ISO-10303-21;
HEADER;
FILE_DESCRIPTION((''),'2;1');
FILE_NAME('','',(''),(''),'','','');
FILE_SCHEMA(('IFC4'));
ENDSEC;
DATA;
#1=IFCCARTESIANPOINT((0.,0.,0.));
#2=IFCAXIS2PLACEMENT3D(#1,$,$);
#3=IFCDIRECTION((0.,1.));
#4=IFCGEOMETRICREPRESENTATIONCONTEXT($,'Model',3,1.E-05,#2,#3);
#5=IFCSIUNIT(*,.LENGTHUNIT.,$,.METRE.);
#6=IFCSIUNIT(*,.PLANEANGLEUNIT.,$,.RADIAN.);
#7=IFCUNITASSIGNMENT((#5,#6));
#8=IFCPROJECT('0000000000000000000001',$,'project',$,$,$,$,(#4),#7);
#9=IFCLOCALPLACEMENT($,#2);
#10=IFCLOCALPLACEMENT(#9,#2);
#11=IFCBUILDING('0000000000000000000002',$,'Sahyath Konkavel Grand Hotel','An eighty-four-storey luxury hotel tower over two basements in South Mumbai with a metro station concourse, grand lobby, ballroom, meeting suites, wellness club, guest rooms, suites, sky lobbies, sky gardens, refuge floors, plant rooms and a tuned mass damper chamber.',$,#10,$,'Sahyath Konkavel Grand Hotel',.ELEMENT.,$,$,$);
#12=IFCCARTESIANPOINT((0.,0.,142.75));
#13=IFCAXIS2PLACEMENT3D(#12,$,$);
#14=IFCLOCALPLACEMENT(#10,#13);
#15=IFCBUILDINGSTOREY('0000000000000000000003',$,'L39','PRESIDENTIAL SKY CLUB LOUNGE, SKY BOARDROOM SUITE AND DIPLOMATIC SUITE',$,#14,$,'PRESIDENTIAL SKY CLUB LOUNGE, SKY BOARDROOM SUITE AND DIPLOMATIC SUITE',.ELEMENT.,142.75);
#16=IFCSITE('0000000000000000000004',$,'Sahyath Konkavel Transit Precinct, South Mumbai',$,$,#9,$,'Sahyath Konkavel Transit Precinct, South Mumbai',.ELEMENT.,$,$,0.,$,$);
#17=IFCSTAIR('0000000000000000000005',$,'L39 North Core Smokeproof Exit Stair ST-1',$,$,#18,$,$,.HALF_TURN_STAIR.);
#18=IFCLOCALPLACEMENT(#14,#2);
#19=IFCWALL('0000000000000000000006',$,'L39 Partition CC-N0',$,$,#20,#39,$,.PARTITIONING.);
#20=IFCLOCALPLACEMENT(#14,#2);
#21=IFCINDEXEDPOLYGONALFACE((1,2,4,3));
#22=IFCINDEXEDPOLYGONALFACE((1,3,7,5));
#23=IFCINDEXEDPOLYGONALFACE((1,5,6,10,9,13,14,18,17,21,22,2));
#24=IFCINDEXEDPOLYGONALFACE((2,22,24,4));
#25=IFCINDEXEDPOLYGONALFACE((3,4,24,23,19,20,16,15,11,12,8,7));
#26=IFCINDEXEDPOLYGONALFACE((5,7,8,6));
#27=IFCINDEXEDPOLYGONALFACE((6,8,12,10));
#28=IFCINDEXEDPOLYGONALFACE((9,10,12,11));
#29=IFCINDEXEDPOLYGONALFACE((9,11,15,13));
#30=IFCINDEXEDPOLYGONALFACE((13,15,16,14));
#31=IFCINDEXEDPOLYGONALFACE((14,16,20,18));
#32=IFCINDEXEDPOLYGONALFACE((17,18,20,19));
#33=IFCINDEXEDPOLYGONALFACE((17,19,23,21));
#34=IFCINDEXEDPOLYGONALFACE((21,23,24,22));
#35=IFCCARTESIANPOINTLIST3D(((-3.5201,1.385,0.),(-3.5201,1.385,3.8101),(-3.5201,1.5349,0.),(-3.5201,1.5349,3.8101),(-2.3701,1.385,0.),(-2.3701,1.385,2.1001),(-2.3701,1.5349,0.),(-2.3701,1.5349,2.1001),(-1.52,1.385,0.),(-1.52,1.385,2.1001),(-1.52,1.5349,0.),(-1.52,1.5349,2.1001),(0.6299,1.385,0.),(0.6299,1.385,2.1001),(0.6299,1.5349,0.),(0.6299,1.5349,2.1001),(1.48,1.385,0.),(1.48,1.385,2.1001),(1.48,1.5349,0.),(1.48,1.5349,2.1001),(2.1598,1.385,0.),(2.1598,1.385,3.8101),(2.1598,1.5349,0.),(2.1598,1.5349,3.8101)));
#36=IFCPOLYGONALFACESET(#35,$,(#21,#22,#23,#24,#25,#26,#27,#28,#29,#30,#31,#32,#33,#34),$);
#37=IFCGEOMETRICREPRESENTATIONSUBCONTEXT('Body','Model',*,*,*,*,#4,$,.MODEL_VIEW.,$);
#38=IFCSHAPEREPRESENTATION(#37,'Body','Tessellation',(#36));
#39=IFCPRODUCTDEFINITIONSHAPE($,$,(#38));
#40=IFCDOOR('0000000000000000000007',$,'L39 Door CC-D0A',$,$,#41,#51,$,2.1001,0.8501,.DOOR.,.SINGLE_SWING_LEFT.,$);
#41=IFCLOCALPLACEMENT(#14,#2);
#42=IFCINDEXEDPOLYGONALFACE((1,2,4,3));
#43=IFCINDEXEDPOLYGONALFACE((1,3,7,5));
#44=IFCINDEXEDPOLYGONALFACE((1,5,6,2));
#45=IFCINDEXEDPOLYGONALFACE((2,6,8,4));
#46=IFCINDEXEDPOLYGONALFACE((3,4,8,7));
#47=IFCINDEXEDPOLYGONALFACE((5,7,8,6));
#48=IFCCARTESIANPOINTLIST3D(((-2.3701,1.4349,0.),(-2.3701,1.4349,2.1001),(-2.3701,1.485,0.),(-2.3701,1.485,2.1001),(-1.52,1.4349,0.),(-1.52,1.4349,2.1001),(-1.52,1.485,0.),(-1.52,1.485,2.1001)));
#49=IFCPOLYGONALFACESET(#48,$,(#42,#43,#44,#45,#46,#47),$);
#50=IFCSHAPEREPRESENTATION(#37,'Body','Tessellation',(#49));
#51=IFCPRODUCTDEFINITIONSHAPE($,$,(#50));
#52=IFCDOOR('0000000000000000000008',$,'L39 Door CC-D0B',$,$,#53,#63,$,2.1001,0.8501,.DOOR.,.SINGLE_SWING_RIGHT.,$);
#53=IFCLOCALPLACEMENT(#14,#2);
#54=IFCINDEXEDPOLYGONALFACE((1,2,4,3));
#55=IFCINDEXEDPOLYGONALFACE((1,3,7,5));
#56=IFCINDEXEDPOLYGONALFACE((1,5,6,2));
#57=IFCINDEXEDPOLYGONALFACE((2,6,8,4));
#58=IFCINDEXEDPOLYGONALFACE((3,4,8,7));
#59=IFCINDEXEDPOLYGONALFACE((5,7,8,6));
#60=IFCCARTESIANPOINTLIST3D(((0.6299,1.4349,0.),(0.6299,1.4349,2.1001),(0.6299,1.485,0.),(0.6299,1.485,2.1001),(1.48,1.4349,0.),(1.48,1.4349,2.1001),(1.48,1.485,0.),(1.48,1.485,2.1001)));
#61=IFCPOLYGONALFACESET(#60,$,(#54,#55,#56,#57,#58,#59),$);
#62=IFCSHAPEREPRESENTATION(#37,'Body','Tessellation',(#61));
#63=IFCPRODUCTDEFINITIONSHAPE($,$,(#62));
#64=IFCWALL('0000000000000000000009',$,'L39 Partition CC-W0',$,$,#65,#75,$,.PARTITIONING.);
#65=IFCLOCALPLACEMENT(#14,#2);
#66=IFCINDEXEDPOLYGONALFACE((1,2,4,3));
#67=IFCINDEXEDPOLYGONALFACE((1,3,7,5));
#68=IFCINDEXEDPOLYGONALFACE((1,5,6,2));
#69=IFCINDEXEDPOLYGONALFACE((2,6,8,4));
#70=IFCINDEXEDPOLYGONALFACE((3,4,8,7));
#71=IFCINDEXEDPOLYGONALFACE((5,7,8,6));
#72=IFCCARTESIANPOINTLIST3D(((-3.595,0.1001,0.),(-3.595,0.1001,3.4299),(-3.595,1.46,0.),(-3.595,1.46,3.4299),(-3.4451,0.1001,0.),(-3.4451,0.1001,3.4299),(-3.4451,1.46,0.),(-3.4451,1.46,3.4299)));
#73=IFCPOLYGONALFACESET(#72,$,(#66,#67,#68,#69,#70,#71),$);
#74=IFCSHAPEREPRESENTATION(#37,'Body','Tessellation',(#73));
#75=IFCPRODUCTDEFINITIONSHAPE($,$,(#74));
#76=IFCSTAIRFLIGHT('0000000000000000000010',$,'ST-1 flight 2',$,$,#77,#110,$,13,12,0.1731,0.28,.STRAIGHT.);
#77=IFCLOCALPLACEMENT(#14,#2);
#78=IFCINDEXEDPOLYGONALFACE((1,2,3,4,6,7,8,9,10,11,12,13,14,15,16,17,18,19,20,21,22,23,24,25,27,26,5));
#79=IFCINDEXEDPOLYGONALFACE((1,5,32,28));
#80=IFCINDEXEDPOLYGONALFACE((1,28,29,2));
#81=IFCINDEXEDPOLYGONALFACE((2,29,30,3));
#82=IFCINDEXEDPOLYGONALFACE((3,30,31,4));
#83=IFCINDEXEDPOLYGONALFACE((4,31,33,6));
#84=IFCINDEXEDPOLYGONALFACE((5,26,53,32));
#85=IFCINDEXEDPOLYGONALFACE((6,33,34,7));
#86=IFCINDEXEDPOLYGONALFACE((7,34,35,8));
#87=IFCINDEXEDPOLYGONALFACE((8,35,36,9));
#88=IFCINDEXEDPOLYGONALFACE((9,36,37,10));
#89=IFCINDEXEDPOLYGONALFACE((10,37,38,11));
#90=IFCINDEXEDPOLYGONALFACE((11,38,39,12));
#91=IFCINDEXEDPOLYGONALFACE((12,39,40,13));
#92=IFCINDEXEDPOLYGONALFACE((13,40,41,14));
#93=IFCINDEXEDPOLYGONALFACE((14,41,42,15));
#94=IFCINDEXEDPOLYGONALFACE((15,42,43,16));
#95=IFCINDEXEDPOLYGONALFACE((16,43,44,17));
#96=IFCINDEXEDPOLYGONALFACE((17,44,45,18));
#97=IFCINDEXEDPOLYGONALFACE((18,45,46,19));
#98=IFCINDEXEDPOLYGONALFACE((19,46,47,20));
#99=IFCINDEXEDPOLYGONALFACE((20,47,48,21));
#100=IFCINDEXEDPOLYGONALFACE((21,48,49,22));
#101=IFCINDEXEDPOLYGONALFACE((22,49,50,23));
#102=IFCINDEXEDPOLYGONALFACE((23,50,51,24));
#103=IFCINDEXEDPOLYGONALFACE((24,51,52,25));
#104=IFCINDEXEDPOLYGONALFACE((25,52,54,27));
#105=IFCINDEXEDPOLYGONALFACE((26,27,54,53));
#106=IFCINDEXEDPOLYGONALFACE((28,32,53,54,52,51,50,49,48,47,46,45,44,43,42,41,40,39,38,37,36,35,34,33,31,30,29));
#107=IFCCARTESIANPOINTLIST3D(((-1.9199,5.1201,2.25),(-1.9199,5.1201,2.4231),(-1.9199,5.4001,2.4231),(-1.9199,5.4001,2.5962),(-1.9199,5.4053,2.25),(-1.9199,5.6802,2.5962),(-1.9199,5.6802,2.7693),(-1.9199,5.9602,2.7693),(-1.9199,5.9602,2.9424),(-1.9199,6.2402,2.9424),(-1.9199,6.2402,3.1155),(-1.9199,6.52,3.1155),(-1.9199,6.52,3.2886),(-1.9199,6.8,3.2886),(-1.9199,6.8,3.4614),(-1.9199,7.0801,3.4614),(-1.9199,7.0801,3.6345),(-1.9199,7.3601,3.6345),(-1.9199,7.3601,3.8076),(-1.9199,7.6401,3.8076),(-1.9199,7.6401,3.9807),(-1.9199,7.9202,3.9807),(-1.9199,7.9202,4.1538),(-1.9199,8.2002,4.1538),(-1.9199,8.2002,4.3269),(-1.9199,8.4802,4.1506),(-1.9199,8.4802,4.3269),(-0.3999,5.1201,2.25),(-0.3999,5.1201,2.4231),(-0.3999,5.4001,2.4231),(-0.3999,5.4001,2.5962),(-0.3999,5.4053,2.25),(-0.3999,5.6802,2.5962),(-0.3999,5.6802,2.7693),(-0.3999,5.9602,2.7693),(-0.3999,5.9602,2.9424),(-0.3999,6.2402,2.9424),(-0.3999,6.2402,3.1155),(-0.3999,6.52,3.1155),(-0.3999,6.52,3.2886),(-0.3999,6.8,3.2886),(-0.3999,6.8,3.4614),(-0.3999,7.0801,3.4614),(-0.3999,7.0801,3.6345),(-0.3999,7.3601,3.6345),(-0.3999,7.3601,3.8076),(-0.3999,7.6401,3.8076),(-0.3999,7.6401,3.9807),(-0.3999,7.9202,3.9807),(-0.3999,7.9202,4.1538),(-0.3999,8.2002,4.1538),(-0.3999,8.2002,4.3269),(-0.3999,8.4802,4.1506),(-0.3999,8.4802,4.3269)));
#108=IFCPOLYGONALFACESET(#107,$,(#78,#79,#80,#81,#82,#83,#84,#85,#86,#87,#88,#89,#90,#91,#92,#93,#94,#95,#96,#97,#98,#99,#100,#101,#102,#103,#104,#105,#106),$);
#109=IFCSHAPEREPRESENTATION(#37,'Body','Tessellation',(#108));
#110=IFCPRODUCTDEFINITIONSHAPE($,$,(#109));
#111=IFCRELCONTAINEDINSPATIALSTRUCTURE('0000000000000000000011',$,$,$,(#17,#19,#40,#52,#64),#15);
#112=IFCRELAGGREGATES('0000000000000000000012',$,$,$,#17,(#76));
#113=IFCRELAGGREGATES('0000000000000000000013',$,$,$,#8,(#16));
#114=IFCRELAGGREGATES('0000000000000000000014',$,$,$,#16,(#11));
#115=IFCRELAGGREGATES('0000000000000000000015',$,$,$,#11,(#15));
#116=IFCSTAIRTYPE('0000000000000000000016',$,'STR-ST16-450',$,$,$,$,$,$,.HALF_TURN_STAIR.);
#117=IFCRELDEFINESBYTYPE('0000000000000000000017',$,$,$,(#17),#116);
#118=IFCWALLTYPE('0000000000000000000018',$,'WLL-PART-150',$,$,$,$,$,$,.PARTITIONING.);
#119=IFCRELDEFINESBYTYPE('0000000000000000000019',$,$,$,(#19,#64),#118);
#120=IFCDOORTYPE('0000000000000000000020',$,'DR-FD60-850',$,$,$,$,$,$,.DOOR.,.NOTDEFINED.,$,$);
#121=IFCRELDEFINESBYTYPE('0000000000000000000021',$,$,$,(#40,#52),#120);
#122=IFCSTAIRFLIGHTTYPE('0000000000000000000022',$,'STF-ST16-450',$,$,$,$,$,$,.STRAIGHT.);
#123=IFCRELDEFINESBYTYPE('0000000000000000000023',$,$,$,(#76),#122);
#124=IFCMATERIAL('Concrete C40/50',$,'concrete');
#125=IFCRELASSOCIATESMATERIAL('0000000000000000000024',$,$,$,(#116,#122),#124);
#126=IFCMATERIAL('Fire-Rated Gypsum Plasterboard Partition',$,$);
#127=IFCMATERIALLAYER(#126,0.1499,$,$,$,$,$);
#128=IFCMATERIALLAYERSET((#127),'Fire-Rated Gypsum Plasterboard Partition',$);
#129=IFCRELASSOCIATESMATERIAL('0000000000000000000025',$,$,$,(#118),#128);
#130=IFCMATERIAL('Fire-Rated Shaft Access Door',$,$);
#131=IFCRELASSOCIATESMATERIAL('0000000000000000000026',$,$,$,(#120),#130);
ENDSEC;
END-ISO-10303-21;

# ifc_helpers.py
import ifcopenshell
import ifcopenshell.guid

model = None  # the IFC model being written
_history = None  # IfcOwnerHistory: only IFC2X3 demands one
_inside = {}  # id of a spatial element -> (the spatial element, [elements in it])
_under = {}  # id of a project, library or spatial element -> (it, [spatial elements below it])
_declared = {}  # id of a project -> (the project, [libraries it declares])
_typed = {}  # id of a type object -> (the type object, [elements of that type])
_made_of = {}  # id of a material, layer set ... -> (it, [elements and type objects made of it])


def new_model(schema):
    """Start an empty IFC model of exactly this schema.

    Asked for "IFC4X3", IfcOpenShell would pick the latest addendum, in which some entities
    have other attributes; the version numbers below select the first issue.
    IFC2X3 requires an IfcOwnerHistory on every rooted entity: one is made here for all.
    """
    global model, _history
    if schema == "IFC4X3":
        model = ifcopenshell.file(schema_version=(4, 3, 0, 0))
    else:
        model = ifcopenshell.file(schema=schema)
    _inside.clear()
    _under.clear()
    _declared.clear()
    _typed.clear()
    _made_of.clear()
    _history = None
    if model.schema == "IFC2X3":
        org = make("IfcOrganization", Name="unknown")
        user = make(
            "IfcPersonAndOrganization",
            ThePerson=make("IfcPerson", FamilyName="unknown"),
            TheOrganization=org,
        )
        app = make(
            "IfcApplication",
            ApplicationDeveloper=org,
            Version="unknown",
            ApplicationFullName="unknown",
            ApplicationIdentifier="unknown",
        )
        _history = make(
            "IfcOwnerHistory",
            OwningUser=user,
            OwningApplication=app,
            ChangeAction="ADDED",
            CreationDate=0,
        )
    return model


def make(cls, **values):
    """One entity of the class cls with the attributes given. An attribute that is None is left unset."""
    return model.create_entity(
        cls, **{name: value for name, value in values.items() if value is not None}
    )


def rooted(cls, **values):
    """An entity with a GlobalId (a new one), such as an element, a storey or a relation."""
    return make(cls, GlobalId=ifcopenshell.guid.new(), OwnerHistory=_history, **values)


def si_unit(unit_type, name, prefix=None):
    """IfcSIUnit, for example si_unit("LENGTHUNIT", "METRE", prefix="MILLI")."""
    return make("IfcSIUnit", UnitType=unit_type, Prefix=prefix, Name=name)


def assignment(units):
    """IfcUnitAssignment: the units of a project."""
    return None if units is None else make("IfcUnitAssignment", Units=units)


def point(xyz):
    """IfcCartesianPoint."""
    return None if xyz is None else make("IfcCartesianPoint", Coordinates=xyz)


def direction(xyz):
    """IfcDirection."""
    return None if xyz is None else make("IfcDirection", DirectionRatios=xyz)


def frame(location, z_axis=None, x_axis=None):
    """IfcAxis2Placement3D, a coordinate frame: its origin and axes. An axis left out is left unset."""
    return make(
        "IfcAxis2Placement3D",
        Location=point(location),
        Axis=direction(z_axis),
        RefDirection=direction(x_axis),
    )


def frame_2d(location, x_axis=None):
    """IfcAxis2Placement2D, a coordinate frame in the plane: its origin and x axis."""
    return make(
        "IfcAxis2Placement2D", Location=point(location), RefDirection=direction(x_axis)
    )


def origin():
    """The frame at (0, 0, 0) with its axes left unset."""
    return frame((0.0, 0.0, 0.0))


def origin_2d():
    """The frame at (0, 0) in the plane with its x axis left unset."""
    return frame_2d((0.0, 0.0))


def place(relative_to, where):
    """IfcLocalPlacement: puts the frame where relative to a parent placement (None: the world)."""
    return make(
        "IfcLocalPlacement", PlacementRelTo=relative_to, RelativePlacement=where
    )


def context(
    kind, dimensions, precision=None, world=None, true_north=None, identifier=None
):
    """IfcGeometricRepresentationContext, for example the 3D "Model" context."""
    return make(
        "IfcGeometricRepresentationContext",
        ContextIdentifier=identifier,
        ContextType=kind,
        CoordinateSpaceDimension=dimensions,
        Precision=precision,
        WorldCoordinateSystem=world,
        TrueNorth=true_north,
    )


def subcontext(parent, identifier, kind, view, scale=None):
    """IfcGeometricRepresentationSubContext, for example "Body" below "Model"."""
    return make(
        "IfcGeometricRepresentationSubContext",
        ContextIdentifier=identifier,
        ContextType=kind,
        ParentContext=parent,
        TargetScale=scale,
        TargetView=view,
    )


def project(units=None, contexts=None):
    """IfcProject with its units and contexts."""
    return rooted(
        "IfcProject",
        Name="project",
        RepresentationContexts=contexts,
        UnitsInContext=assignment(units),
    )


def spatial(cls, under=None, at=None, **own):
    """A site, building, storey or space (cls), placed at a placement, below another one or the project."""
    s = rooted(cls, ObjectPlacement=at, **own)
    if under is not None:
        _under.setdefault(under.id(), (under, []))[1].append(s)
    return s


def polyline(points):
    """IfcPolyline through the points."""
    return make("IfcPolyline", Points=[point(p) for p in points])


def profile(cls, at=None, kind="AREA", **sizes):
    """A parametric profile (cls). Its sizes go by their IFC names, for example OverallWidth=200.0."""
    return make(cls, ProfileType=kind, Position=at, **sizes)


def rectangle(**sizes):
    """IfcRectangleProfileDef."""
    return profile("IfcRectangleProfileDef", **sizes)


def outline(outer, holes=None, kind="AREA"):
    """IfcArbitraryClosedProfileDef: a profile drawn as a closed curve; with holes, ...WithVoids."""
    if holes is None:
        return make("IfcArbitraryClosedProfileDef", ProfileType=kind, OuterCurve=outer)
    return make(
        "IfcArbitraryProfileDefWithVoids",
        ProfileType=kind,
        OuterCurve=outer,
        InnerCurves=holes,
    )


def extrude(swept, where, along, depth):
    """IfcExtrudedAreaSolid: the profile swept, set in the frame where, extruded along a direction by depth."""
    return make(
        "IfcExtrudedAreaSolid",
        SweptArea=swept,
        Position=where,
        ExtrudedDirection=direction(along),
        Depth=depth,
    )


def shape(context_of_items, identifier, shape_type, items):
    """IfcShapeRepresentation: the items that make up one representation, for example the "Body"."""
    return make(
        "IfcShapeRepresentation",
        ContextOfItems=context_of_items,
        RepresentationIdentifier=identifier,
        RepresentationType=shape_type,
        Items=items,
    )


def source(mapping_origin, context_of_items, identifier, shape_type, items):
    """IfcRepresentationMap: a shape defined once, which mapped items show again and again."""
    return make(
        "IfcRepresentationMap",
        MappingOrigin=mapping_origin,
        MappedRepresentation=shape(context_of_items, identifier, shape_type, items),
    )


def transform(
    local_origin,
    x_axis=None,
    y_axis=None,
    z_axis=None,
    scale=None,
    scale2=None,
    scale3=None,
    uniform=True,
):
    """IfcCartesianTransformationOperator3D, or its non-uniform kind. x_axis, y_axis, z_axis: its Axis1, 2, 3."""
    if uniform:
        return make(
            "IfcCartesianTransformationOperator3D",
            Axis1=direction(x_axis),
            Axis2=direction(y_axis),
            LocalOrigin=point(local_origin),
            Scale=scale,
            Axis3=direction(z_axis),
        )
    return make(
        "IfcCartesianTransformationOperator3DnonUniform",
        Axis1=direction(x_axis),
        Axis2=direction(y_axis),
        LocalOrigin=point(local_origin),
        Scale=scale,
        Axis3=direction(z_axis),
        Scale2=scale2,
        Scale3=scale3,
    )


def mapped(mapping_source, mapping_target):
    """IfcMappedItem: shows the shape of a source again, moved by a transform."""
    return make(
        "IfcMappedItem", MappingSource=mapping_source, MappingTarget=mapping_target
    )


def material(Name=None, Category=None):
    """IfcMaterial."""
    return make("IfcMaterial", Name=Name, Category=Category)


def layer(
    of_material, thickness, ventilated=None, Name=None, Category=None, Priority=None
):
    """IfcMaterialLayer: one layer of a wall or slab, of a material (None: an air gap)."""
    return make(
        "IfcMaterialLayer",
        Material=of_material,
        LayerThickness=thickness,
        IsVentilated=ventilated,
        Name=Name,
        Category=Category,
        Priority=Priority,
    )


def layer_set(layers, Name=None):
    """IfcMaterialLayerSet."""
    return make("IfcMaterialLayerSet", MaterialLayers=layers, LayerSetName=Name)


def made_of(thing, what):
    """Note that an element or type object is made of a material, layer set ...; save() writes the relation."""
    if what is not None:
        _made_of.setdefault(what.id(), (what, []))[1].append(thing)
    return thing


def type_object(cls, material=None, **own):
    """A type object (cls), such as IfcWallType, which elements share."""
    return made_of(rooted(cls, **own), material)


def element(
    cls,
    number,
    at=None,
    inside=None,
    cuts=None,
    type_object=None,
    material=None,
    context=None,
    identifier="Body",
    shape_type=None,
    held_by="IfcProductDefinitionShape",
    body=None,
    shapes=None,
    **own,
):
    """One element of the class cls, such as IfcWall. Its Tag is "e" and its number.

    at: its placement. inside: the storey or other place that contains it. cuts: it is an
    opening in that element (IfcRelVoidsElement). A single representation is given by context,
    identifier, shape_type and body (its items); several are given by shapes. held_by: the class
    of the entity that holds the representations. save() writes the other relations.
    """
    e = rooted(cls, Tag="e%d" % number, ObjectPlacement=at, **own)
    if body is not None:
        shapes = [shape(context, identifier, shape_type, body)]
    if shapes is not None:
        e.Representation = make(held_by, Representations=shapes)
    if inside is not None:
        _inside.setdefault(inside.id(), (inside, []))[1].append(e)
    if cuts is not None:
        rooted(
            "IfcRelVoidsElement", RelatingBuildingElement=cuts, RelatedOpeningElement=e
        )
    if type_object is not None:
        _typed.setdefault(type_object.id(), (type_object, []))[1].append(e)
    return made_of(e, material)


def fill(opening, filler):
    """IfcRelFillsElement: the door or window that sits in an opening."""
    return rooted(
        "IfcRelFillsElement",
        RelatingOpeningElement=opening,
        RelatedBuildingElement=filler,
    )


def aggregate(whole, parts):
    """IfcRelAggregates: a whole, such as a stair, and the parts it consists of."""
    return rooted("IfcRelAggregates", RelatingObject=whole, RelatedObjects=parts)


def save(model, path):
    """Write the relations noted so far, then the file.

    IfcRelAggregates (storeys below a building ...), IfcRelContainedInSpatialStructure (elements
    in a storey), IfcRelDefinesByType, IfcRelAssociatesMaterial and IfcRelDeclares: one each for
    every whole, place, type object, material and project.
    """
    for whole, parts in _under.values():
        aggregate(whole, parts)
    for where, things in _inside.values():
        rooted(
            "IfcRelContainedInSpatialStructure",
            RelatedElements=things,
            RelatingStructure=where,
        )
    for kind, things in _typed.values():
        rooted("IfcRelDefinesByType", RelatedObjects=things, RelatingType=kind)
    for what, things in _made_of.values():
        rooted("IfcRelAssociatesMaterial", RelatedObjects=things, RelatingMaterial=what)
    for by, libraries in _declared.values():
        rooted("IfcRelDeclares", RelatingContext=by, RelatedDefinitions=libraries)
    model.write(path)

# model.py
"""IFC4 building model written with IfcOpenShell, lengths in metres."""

from ifc_helpers import new_model, si_unit, direction, frame, frame_2d, origin, origin_2d, place, context, subcontext, project, spatial, polyline, rectangle, outline, extrude, source, transform, mapped, material, layer, layer_set, type_object, element, fill, aggregate, save


model = new_model("IFC4")

# Units and contexts
model_context = context("Model", 3, precision=1e-05, world=origin(), true_north=direction((0.0, 1.0)))
body_context = subcontext(model_context, "Body", "Model", "MODEL_VIEW")
ifc_project = project(units=[si_unit("LENGTHUNIT", "METRE"), si_unit("PLANEANGLEUNIT", "RADIAN")], contexts=[model_context])

# Site, building, storey
site_placement = place(None, origin())
site = spatial("IfcSite", under=ifc_project, at=site_placement, Name="Sahyath Konkavel Transit Precinct, South Mumbai", LongName="Sahyath Konkavel Transit Precinct, South Mumbai", CompositionType="ELEMENT", RefElevation=0.0)
building_placement = place(site_placement, origin())
building = spatial("IfcBuilding", under=site, at=building_placement, Name="Sahyath Konkavel Grand Hotel", Description="An eighty-four-storey luxury hotel tower over two basements in South Mumbai with a metro station concourse, grand lobby, ballroom, meeting suites, wellness club, guest rooms, suites, sky lobbies, sky gardens, refuge floors, plant rooms and a tuned mass damper chamber.", LongName="Sahyath Konkavel Grand Hotel", CompositionType="ELEMENT")
storey_placement = place(building_placement, frame((0.0, 0.0, 142.75)))
storey = spatial("IfcBuildingStorey", under=building, at=storey_placement, Name="L39", Description="PRESIDENTIAL SKY CLUB LOUNGE, SKY BOARDROOM SUITE AND DIPLOMATIC SUITE", LongName="PRESIDENTIAL SKY CLUB LOUNGE, SKY BOARDROOM SUITE AND DIPLOMATIC SUITE", CompositionType="ELEMENT", Elevation=142.75)

# Shared definitions
ifc_material_1 = material(Name="Concrete C40/50", Category="concrete")

# Stair
stair_type = type_object("IfcStairType", Name="STR-ST16-450", PredefinedType="HALF_TURN_STAIR", material=ifc_material_1)
stair_1_placement = place(storey_placement, origin())
stair_1 = element("IfcStair", 1, at=stair_1_placement, inside=storey, type_object=stair_type, Name="L39 North Core Smokeproof Exit Stair ST-1", PredefinedType="HALF_TURN_STAIR")

# Shared definitions
ifc_material_2 = material(Name="Fire-Rated Gypsum Plasterboard Partition")
ifc_layer_1 = layer(ifc_material_2, 0.1499)
ifc_layer_set_1 = layer_set([ifc_layer_1], Name="Fire-Rated Gypsum Plasterboard Partition")
wall_type_1 = type_object("IfcWallType", Name="WLL-PART-150", PredefinedType="PARTITIONING", material=ifc_layer_set_1)

# Wall, openings, doors
wall_1_placement = place(storey_placement, frame((-3.52, 1.46, 0.0), z_axis=(0.0, 0.0, 1.0), x_axis=(1.0, 0.0, 0.0)))
wall_1 = element("IfcWall", 2, at=wall_1_placement, inside=storey, type_object=wall_type_1, Name="L39 Partition CC-N0", PredefinedType="PARTITIONING", context=body_context, shape_type="SweptSolid", body=[
    extrude(rectangle(XDim=5.6799, YDim=0.1499, at=frame_2d((2.8398, 0.0))), origin(), (0.0, 0.0, 1.0), 3.8101),
])
opening_1_placement = place(wall_1_placement, frame((1.1499, 0.0, 0.0)))
opening_1 = element("IfcOpeningElement", 3, at=opening_1_placement, cuts=wall_1, PredefinedType="OPENING", context=body_context, shape_type="SweptSolid", body=[
    extrude(rectangle(XDim=0.8501, YDim=2.1001, at=frame_2d((0.425, 1.05))), frame((0.0, 0.085, 0.0), z_axis=(0.0, -1.0, 0.0), x_axis=(1.0, 0.0, 0.0)), (0.0, 0.0, 1.0), 0.1699),
])
opening_2_placement = place(wall_1_placement, frame((4.1499, 0.0, 0.0)))
opening_2 = element("IfcOpeningElement", 4, at=opening_2_placement, cuts=wall_1, PredefinedType="OPENING", context=body_context, shape_type="SweptSolid", body=[
    extrude(rectangle(XDim=0.8501, YDim=2.1001, at=frame_2d((0.425, 1.05))), frame((0.0, 0.085, 0.0), z_axis=(0.0, -1.0, 0.0), x_axis=(1.0, 0.0, 0.0)), (0.0, 0.0, 1.0), 0.1699),
])
ifc_material_3 = material(Name="Fire-Rated Shaft Access Door")
door_type_1 = type_object("IfcDoorType", Name="DR-FD60-850", OperationType="NOTDEFINED", PredefinedType="DOOR", material=ifc_material_3)
shared_shape_1 = source(origin(), body_context, "Body", "SweptSolid", [
    extrude(rectangle(XDim=0.8501, YDim=0.05, at=origin_2d()), origin(), (0.0, 0.0, 1.0), 2.1001),
])
door_1_placement = place(opening_1_placement, frame((0.425, 0.0, 0.0)))
door_1 = element("IfcDoor", 5, at=door_1_placement, inside=storey, type_object=door_type_1, Name="L39 Door CC-D0A", OperationType="SINGLE_SWING_LEFT", OverallHeight=2.1001, OverallWidth=0.8501, PredefinedType="DOOR", context=body_context, shape_type="MappedRepresentation", body=[
    mapped(shared_shape_1, transform((0.0, 0.0, 0.0), scale=1.0)),
])
fill(opening_1, door_1)
door_2_placement = place(opening_2_placement, frame((0.425, 0.0, 0.0)))
door_2 = element("IfcDoor", 6, at=door_2_placement, inside=storey, type_object=door_type_1, Name="L39 Door CC-D0B", OperationType="SINGLE_SWING_RIGHT", OverallHeight=2.1001, OverallWidth=0.8501, PredefinedType="DOOR", context=body_context, shape_type="MappedRepresentation", body=[
    mapped(shared_shape_1, transform((0.0, 0.0, 0.0), scale=1.0)),
])
fill(opening_2, door_2)

# Wall
wall_2_placement = place(storey_placement, frame((-3.52, 0.1001, 0.0), z_axis=(0.0, 0.0, 1.0), x_axis=(0.0, 1.0, 0.0)))
element("IfcWall", 7, at=wall_2_placement, inside=storey, type_object=wall_type_1, Name="L39 Partition CC-W0", PredefinedType="PARTITIONING", context=body_context, shape_type="SweptSolid", body=[
    extrude(rectangle(XDim=1.3599, YDim=0.1499, at=frame_2d((0.6799, 0.0))), origin(), (0.0, 0.0, 1.0), 3.4299),
])

# Stair flight
stair_flight_type = type_object("IfcStairFlightType", Name="STF-ST16-450", PredefinedType="STRAIGHT", material=ifc_material_1)
stair_flight_placement = place(storey_placement, frame((-1.1599, 5.1201, 2.25), z_axis=(0.0, 0.0, 1.0), x_axis=(0.0, 1.0, 0.0)))
stair_flight = element("IfcStairFlight", 8, at=stair_flight_placement, type_object=stair_flight_type, Name="ST-1 flight 2", NumberOfRisers=13, NumberOfTreads=12, PredefinedType="STRAIGHT", RiserHeight=0.1731, TreadLength=0.28, context=body_context, shape_type="SweptSolid", body=[
    extrude(outline(polyline([(0.0, 0.0), (0.0, 0.1731), (0.28, 0.1731), (0.28, 0.3462), (0.5601, 0.3462), (0.5601, 0.5193), (0.8401, 0.5193), (0.8401, 0.6924), (1.1201, 0.6924), (1.1201, 0.8655), (1.3999, 0.8655), (1.3999, 1.0386), (1.6799, 1.0386), (1.6799, 1.2114), (1.96, 1.2114), (1.96, 1.3845), (2.24, 1.3845), (2.24, 1.5576), (2.52, 1.5576), (2.52, 1.7307), (2.8, 1.7307), (2.8, 1.9038), (3.0801, 1.9038), (3.0801, 2.0769), (3.3601, 2.0769), (3.3601, 2.25), (3.3601, 1.9006), (0.2852, 0.0), (0.0, 0.0)])), frame((0.0, 0.76, 0.0), z_axis=(0.0, -1.0, 0.0), x_axis=(1.0, 0.0, 0.0)), (0.0, 0.0, 1.0), 1.52),
])
aggregate(stair_1, [stair_flight])

save(model, "model.ifc")
